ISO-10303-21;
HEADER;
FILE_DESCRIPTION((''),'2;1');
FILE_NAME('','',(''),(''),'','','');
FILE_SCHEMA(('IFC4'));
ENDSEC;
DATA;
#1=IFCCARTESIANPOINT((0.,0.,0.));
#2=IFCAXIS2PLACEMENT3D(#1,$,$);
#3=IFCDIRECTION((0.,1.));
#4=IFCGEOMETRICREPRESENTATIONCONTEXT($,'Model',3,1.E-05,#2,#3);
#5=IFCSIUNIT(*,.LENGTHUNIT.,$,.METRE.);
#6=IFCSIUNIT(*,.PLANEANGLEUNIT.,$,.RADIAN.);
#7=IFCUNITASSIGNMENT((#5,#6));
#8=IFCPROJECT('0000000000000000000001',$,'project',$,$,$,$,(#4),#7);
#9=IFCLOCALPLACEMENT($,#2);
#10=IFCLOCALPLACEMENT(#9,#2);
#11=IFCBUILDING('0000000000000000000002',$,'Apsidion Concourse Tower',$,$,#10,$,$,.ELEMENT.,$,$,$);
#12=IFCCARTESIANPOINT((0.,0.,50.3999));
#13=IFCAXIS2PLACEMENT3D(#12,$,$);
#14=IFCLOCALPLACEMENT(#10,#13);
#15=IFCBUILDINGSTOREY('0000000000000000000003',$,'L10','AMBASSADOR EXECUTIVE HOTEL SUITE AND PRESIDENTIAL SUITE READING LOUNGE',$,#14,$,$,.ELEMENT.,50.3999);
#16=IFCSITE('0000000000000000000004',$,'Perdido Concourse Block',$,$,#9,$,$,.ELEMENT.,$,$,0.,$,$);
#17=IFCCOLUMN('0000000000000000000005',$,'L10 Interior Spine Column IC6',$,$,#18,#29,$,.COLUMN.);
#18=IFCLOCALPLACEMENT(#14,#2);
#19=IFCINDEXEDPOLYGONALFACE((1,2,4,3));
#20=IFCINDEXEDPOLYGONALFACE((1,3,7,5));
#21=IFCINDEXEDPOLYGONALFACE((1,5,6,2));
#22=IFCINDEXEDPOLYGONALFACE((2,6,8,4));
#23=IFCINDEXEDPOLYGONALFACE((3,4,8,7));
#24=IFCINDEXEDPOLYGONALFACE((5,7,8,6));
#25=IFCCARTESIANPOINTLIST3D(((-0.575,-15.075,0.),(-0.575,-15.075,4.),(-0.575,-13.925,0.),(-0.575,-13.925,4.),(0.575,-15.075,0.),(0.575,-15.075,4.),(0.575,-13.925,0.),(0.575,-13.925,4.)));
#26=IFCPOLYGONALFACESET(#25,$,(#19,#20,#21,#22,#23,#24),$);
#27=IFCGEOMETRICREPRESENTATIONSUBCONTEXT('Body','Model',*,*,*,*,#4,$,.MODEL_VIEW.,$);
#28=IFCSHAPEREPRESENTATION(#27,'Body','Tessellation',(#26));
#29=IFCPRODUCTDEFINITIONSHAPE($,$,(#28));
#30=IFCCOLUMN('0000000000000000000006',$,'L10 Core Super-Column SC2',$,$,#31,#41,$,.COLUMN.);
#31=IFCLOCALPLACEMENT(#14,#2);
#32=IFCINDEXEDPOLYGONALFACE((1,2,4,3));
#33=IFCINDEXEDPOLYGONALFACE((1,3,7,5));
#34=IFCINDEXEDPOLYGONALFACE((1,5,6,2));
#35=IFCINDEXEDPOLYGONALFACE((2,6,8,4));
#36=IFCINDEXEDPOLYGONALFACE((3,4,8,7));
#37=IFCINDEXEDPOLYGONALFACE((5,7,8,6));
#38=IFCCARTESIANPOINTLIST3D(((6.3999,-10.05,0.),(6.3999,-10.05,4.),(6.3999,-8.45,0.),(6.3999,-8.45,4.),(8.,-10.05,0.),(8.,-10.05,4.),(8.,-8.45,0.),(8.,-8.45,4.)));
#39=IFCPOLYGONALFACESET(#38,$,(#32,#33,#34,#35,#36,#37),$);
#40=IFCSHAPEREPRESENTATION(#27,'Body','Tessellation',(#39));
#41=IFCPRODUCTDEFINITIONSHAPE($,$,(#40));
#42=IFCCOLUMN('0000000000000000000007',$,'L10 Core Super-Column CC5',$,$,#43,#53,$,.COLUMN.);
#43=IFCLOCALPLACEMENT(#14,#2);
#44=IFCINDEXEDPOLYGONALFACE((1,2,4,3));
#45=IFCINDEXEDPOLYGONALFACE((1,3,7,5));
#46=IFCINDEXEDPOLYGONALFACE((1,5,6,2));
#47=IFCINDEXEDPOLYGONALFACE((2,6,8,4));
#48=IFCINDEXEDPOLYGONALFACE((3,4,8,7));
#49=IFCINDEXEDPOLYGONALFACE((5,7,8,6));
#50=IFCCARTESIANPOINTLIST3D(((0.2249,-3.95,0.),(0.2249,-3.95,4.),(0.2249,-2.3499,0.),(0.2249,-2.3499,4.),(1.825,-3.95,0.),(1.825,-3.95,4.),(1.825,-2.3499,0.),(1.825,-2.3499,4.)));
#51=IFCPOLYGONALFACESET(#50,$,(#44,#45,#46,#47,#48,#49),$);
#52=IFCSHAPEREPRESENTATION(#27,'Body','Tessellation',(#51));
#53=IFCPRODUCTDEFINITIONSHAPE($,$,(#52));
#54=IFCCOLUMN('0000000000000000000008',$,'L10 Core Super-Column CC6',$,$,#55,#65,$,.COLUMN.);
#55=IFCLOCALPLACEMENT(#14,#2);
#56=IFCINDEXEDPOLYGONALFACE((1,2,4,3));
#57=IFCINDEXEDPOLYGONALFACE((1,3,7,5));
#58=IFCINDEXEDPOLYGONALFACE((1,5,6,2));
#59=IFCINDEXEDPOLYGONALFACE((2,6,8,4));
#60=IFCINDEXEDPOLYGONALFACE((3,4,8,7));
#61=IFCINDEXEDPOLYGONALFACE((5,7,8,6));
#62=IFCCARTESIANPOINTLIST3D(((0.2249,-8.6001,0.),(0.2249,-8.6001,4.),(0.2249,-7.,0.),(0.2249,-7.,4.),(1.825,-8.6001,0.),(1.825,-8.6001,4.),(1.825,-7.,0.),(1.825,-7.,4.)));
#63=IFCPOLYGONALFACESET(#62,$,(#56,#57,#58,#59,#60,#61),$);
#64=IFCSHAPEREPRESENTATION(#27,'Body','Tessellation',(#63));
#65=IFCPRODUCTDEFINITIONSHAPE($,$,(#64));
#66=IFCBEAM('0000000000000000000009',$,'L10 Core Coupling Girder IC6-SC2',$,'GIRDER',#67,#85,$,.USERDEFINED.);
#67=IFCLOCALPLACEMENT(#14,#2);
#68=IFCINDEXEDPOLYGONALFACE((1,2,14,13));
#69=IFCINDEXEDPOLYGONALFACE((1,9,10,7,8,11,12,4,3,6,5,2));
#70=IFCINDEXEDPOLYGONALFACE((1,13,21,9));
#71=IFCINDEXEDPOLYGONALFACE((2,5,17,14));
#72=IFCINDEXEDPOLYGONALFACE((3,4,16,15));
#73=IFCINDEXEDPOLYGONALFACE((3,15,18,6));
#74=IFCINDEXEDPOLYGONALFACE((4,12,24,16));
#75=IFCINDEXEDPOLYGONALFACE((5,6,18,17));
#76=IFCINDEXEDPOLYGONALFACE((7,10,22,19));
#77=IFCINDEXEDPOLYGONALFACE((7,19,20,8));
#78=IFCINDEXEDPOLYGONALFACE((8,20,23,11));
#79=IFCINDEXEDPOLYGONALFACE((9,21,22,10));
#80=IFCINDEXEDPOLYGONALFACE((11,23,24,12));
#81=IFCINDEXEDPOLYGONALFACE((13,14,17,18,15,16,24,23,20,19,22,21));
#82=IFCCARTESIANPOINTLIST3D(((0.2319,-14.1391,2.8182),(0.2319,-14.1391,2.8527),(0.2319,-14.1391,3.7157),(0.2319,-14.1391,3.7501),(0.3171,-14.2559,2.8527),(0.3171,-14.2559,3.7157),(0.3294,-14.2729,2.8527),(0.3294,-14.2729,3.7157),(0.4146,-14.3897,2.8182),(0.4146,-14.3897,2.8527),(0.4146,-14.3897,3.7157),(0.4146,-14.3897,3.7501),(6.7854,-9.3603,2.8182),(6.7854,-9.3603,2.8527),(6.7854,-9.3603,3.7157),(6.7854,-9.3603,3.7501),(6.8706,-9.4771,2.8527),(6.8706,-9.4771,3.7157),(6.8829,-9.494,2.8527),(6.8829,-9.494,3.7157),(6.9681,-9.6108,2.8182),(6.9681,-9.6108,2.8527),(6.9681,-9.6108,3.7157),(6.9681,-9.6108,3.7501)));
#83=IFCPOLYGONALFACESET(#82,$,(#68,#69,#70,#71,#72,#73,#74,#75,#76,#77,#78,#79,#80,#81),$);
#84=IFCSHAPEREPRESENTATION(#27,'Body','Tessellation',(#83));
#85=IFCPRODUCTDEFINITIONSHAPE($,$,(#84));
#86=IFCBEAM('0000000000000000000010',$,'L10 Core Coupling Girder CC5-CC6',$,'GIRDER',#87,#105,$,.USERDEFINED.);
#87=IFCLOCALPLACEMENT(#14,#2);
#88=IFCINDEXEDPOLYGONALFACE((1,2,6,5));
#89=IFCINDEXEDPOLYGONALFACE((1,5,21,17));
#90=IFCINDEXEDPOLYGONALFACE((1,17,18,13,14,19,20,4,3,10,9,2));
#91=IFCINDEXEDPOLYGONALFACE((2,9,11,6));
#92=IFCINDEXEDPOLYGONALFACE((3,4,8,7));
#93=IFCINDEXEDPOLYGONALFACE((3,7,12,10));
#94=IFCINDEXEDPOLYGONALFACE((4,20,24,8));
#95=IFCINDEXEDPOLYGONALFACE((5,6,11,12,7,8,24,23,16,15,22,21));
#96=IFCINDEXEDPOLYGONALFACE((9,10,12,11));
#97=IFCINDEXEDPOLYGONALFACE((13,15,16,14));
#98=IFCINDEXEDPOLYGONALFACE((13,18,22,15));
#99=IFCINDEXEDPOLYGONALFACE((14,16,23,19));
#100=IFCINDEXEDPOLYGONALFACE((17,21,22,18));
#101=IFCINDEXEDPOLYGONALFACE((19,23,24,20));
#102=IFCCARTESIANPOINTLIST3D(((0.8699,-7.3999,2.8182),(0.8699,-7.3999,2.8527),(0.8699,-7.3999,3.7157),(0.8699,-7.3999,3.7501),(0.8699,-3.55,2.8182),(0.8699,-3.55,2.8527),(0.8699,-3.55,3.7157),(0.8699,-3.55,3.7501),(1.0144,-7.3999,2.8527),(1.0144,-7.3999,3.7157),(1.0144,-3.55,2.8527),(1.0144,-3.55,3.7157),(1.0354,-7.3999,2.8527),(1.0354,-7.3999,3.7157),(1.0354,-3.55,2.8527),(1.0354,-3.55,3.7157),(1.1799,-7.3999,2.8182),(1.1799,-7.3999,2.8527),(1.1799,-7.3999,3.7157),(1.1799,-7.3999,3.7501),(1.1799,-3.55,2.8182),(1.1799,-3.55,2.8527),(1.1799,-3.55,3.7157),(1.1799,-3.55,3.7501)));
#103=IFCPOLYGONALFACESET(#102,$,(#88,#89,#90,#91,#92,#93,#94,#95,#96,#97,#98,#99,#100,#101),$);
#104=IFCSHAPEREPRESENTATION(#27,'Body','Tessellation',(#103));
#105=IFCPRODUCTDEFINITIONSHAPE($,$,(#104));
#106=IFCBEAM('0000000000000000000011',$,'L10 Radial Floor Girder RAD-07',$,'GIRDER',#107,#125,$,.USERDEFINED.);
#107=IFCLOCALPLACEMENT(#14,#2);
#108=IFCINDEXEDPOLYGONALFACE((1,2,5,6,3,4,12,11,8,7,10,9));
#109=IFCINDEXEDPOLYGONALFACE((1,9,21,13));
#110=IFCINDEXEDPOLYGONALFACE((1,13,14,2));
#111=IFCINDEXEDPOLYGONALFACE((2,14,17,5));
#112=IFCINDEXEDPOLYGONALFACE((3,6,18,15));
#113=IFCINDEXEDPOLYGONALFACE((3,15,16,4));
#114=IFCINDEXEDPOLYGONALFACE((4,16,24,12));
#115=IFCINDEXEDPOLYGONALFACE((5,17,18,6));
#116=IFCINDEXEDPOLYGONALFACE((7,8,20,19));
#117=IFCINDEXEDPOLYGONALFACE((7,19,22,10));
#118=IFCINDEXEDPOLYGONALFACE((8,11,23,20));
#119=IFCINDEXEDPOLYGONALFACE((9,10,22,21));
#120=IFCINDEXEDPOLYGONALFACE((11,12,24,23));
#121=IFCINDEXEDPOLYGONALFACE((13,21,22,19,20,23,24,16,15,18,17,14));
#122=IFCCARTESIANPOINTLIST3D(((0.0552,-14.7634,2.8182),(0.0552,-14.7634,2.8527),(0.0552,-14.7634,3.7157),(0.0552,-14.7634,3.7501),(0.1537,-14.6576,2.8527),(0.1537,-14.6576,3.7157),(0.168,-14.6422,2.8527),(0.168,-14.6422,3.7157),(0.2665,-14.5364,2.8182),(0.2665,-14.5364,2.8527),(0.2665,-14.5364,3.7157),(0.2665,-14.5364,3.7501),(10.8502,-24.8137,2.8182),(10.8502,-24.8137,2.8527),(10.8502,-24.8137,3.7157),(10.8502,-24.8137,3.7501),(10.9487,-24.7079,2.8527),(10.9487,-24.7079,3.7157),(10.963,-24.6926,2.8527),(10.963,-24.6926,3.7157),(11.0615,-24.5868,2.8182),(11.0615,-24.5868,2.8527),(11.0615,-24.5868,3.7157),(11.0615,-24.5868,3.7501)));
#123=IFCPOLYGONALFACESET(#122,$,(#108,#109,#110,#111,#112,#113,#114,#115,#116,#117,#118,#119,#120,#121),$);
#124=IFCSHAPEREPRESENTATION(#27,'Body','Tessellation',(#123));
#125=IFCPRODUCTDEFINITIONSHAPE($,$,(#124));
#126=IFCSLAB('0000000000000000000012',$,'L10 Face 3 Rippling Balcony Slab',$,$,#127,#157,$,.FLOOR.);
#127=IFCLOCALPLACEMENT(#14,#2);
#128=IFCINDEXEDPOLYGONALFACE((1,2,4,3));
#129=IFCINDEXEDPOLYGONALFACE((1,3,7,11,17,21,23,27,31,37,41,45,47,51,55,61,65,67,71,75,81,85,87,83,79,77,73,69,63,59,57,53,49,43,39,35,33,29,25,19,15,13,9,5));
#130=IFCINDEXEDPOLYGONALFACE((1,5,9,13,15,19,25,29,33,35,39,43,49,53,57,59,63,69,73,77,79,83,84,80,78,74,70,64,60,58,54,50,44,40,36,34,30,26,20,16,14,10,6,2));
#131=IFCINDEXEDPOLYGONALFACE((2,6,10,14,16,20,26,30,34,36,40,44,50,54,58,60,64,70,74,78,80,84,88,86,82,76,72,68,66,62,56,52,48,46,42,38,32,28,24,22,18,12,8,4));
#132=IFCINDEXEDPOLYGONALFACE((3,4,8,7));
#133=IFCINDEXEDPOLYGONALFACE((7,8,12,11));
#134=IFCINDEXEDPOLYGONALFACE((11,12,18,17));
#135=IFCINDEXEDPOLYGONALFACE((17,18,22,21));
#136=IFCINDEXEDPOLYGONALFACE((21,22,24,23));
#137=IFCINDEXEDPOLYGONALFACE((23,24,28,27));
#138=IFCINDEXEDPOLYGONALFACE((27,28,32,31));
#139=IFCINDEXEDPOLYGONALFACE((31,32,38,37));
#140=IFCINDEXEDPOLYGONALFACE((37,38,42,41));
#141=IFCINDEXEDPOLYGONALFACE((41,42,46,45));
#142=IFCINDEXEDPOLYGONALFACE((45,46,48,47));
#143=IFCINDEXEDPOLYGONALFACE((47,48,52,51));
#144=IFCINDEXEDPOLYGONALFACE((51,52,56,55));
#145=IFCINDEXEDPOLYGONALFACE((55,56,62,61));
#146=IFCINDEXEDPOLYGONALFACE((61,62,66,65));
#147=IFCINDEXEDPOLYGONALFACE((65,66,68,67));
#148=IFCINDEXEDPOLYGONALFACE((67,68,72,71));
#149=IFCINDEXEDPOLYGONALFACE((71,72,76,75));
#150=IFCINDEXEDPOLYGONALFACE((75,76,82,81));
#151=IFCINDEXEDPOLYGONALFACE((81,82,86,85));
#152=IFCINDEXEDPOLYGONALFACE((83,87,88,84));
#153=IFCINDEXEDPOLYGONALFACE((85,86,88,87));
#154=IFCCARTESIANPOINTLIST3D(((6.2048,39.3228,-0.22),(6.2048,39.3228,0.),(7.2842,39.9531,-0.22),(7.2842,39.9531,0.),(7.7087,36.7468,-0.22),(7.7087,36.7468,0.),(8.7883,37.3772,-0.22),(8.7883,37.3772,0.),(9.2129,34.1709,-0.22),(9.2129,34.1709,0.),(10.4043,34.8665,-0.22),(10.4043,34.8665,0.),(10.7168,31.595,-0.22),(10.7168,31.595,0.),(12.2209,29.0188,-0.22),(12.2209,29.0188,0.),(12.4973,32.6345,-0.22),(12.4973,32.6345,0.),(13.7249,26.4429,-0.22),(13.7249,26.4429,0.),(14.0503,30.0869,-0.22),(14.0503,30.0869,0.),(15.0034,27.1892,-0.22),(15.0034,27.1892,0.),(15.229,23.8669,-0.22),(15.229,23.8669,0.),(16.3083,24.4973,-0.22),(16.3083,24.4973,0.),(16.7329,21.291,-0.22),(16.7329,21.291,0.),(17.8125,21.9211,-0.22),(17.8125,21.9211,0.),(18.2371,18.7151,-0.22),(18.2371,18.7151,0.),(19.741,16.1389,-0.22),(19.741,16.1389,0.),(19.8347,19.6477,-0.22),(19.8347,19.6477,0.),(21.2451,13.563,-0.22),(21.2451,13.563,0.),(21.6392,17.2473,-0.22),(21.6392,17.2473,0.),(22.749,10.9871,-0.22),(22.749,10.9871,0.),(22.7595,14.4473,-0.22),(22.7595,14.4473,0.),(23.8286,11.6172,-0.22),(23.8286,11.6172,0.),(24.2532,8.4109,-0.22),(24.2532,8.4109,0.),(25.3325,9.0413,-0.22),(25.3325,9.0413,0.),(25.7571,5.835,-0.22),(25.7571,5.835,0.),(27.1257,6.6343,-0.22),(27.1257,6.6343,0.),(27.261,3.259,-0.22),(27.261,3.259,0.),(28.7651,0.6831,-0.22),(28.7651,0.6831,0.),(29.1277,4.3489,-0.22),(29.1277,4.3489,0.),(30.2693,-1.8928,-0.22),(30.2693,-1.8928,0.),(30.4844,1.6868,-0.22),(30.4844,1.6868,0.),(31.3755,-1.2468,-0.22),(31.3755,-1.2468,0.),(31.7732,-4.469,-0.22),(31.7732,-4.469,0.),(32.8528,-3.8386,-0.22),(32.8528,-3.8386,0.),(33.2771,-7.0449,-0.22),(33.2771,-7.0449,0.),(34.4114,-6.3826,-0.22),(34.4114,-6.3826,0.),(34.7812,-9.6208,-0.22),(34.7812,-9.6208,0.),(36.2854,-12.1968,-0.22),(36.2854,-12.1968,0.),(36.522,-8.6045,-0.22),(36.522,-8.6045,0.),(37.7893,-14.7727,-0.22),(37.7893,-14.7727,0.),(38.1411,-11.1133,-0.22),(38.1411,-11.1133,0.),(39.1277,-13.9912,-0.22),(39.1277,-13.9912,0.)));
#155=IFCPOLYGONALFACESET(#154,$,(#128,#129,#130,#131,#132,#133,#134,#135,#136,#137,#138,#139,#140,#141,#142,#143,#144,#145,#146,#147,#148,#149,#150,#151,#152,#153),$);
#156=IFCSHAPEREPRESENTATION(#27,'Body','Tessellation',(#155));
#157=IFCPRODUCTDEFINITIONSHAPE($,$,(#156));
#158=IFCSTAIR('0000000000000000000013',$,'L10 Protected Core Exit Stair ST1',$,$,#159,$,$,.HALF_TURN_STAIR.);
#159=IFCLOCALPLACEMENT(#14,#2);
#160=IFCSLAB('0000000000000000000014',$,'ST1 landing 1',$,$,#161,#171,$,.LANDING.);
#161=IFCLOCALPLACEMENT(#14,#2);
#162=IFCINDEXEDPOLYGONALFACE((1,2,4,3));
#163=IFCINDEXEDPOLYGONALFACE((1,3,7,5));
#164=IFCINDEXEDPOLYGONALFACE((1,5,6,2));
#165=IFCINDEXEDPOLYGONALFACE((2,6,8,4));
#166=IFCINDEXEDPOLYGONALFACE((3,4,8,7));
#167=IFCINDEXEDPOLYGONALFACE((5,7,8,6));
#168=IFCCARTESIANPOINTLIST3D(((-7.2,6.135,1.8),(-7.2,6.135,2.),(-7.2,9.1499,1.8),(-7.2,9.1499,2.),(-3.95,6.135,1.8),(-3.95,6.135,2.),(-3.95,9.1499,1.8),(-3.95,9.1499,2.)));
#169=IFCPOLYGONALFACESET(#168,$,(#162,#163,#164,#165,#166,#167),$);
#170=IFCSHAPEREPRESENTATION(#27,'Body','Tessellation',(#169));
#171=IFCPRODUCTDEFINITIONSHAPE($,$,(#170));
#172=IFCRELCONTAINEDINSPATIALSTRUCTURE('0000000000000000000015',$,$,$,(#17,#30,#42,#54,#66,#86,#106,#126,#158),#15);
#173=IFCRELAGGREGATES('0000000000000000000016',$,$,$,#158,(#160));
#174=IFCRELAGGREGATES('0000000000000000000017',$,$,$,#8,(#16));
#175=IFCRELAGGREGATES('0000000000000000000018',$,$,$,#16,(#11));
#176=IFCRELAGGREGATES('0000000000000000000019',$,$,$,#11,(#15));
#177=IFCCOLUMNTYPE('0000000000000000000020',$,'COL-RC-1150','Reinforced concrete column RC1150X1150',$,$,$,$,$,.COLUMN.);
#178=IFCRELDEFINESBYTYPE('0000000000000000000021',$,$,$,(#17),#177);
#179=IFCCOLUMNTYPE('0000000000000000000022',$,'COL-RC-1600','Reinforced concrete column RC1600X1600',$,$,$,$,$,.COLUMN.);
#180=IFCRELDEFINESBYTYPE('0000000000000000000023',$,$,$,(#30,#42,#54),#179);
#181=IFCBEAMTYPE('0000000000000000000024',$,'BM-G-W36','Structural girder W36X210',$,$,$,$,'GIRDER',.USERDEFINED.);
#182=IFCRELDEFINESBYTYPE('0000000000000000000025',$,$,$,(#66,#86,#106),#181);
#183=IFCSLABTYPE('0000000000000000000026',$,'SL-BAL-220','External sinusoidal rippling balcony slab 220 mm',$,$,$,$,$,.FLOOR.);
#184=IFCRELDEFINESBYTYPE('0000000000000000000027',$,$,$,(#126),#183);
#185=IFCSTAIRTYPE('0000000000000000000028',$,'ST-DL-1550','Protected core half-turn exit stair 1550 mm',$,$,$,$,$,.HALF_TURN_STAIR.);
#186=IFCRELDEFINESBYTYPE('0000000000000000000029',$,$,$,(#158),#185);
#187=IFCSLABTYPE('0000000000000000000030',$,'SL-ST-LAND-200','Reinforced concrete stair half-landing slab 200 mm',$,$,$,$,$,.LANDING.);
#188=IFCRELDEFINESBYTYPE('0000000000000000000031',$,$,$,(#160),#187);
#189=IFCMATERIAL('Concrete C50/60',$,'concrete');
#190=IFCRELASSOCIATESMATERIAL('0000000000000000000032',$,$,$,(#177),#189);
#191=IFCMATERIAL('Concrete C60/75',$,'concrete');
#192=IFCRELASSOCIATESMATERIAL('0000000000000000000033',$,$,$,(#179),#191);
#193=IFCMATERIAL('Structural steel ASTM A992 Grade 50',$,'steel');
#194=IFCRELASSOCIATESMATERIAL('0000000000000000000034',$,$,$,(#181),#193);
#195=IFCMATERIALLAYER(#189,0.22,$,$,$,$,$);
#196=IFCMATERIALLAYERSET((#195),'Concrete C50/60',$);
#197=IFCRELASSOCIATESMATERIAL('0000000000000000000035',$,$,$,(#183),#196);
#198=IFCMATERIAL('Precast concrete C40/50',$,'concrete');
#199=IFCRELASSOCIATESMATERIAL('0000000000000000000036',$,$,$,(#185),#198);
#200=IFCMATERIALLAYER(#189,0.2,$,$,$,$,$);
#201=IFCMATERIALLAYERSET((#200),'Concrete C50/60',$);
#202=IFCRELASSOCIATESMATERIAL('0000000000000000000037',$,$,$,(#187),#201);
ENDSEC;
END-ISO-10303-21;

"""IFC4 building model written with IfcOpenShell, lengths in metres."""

from ifc_helpers import new_model, si_unit, direction, frame, origin, origin_2d, place, context, subcontext, project, spatial, polyline, rectangle, i_section, outline, extrude, material, layer, layer_set, material_profile, profile_set, type_object, element, aggregate, save


model = new_model("IFC4")

# Units and contexts
model_context = context("Model", 3, precision=1e-05, world=origin(), true_north=direction((0.0, 1.0)))
body_context = subcontext(model_context, "Body", "Model", "MODEL_VIEW")
ifc_project = project(units=[si_unit("LENGTHUNIT", "METRE"), si_unit("PLANEANGLEUNIT", "RADIAN")], contexts=[model_context])

# Site, building, storey
site_placement = place(None, origin())
site = spatial("IfcSite", under=ifc_project, at=site_placement, Name="Perdido Concourse Block", CompositionType="ELEMENT", RefElevation=0.0)
building_placement = place(site_placement, origin())
building = spatial("IfcBuilding", under=site, at=building_placement, Name="Apsidion Concourse Tower", CompositionType="ELEMENT")
storey_placement = place(building_placement, frame((0.0, 0.0, 50.3999)))
storey = spatial("IfcBuildingStorey", under=building, at=storey_placement, Name="L10", Description="AMBASSADOR EXECUTIVE HOTEL SUITE AND PRESIDENTIAL SUITE READING LOUNGE", CompositionType="ELEMENT", Elevation=50.3999)

# Columns
ifc_material_1 = material(Name="Concrete C50/60", Category="concrete")
ifc_material_profile_1 = material_profile(ifc_material_1, rectangle(XDim=1.1499, YDim=1.1499, at=origin_2d()), Name="RC 1150x1150")
ifc_profile_set_1 = profile_set([ifc_material_profile_1], Name="Concrete C50/60")
column_type_1 = type_object("IfcColumnType", Name="COL-RC-1150", Description="Reinforced concrete column RC1150X1150", PredefinedType="COLUMN", material=ifc_profile_set_1)
column_placement = place(storey_placement, frame((0.0, -14.5, 0.0), z_axis=(0.0, 0.0, 1.0), x_axis=(1.0, 0.0, 0.0)))
element("IfcColumn", 1, at=column_placement, inside=storey, type_object=column_type_1, Name="L10 Interior Spine Column IC6", PredefinedType="COLUMN", context=body_context, shape_type="SweptSolid", body=[
    extrude(rectangle(XDim=1.1499, YDim=1.1499, at=origin_2d()), origin(), (0.0, 0.0, 1.0), 4.0),
])
ifc_material_2 = material(Name="Concrete C60/75", Category="concrete")
ifc_material_profile_2 = material_profile(ifc_material_2, rectangle(XDim=1.6001, YDim=1.6001, at=origin_2d()), Name="RC 1600x1600")
ifc_profile_set_2 = profile_set([ifc_material_profile_2], Name="Concrete C60/75")
column_type_2 = type_object("IfcColumnType", Name="COL-RC-1600", Description="Reinforced concrete column RC1600X1600", PredefinedType="COLUMN", material=ifc_profile_set_2)
for number, where, z_axis, x_axis, name in (
    (2, (7.2, -9.25, 0.0), (0.0, 0.0, 1.0), (1.0, 0.0, 0.0), "L10 Core Super-Column SC2"),
    (3, (1.0249, -3.1499, 0.0), (0.0, 0.0, 1.0), (1.0, 0.0, 0.0), "L10 Core Super-Column CC5"),
    (4, (1.0249, -7.8, 0.0), (0.0, 0.0, 1.0), (1.0, 0.0, 0.0), "L10 Core Super-Column CC6"),
):
    element("IfcColumn", number, at=place(storey_placement, frame(where, z_axis=z_axis, x_axis=x_axis)), inside=storey, type_object=column_type_2, Name=name, PredefinedType="COLUMN", context=body_context, shape_type="SweptSolid", body=[
        extrude(rectangle(XDim=1.6001, YDim=1.6001, at=origin_2d()), origin(), (0.0, 0.0, 1.0), 4.0),
    ])

# Beams
ifc_material_3 = material(Name="Structural steel ASTM A992 Grade 50", Category="steel")
ifc_material_profile_3 = material_profile(ifc_material_3, i_section(OverallWidth=0.3101, OverallDepth=0.9319, WebThickness=0.021, FlangeThickness=0.0344, at=origin_2d()), Name="W36X210")
ifc_profile_set_3 = profile_set([ifc_material_profile_3], Name="Structural steel ASTM A992 Grade 50")
beam_type = type_object("IfcBeamType", Name="BM-G-W36", Description="Structural girder W36X210", ElementType="GIRDER", PredefinedType="USERDEFINED", material=ifc_profile_set_3)
beam_1_placement = place(storey_placement, frame((0.3232, -14.2644, 3.2842), z_axis=(0.807993, 0.589191, 0.0), x_axis=(-0.589191, 0.807993, 0.0)))
element("IfcBeam", 5, at=beam_1_placement, inside=storey, type_object=beam_type, Name="L10 Core Coupling Girder IC6-SC2", ObjectType="GIRDER", PredefinedType="USERDEFINED", context=body_context, shape_type="SweptSolid", body=[
    extrude(i_section(OverallWidth=0.3101, OverallDepth=0.9319, WebThickness=0.021, FlangeThickness=0.0344, at=origin_2d()), origin(), (0.0, 0.0, 1.0), 8.1108),
])
beam_2_placement = place(storey_placement, frame((1.0249, -3.55, 3.2842), z_axis=(0.0, -1.0, 0.0), x_axis=(1.0, 0.0, 0.0)))
element("IfcBeam", 6, at=beam_2_placement, inside=storey, type_object=beam_type, Name="L10 Core Coupling Girder CC5-CC6", ObjectType="GIRDER", PredefinedType="USERDEFINED", context=body_context, shape_type="SweptSolid", body=[
    extrude(i_section(OverallWidth=0.3101, OverallDepth=0.9319, WebThickness=0.021, FlangeThickness=0.0344, at=origin_2d()), origin(), (0.0, 0.0, 1.0), 3.8499),
])
beam_3_placement = place(storey_placement, frame((0.1609, -14.6499, 3.2842), z_axis=(0.731899, -0.681413, 0.0), x_axis=(0.681413, 0.731899, 0.0)))
element("IfcBeam", 7, at=beam_3_placement, inside=storey, type_object=beam_type, Name="L10 Radial Floor Girder RAD-07", ObjectType="GIRDER", PredefinedType="USERDEFINED", context=body_context, shape_type="SweptSolid", body=[
    extrude(i_section(OverallWidth=0.3101, OverallDepth=0.9319, WebThickness=0.021, FlangeThickness=0.0344, at=origin_2d()), origin(), (0.0, 0.0, 1.0), 14.7493),
])

# Slab
ifc_layer_1 = layer(ifc_material_1, 0.22)
ifc_layer_set_1 = layer_set([ifc_layer_1], Name="Concrete C50/60")
slab_type_1 = type_object("IfcSlabType", Name="SL-BAL-220", Description="External sinusoidal rippling balcony slab 220 mm", PredefinedType="FLOOR", material=ifc_layer_set_1)
slab_1_placement = place(storey_placement, frame((0.0, 0.0, -0.22)))
element("IfcSlab", 8, at=slab_1_placement, inside=storey, type_object=slab_type_1, Name="L10 Face 3 Rippling Balcony Slab", PredefinedType="FLOOR", context=body_context, shape_type="SweptSolid", body=[
    extrude(outline(polyline([(37.7893, -14.7727), (36.2854, -12.1968), (34.7812, -9.6208), (33.2771, -7.0449), (31.7732, -4.469), (30.2693, -1.8928), (28.7651, 0.6831), (27.261, 3.259), (25.7571, 5.835), (24.2532, 8.4109), (22.749, 10.9871), (21.2451, 13.563), (19.741, 16.1389), (18.2371, 18.7151), (16.7329, 21.291), (15.229, 23.8669), (13.7249, 26.4429), (12.2209, 29.0188), (10.7168, 31.595), (9.2129, 34.1709), (7.7087, 36.7468), (6.2048, 39.3228), (7.2842, 39.9531), (8.7883, 37.3772), (10.4043, 34.8665), (12.4973, 32.6345), (14.0503, 30.0869), (15.0034, 27.1892), (16.3083, 24.4973), (17.8125, 21.9211), (19.8347, 19.6477), (21.6392, 17.2473), (22.7595, 14.4473), (23.8286, 11.6172), (25.3325, 9.0413), (27.1257, 6.6343), (29.1277, 4.3489), (30.4844, 1.6868), (31.3755, -1.2468), (32.8528, -3.8386), (34.4114, -6.3826), (36.522, -8.6045), (38.1411, -11.1133), (39.1277, -13.9912), (37.7893, -14.7727)])), origin(), (0.0, 0.0, 1.0), 0.22),
])

# Stair, slab
ifc_material_4 = material(Name="Precast concrete C40/50", Category="concrete")
stair_type = type_object("IfcStairType", Name="ST-DL-1550", Description="Protected core half-turn exit stair 1550 mm", PredefinedType="HALF_TURN_STAIR", material=ifc_material_4)
stair_1_placement = place(storey_placement, origin())
stair_1 = element("IfcStair", 9, at=stair_1_placement, inside=storey, type_object=stair_type, Name="L10 Protected Core Exit Stair ST1", PredefinedType="HALF_TURN_STAIR")
ifc_layer_2 = layer(ifc_material_1, 0.2)
ifc_layer_set_2 = layer_set([ifc_layer_2], Name="Concrete C50/60")
slab_type_2 = type_object("IfcSlabType", Name="SL-ST-LAND-200", Description="Reinforced concrete stair half-landing slab 200 mm", PredefinedType="LANDING", material=ifc_layer_set_2)
slab_2_placement = place(storey_placement, frame((0.0, 0.0, 1.8)))
slab_2 = element("IfcSlab", 10, at=slab_2_placement, type_object=slab_type_2, Name="ST1 landing 1", PredefinedType="LANDING", context=body_context, shape_type="SweptSolid", body=[
    extrude(outline(polyline([(-3.95, 6.135), (-3.95, 9.1499), (-7.2, 9.1499), (-7.2, 6.135), (-3.95, 6.135)])), origin(), (0.0, 0.0, 1.0), 0.2),
])
aggregate(stair_1, [slab_2])

save(model, "model.ifc")
